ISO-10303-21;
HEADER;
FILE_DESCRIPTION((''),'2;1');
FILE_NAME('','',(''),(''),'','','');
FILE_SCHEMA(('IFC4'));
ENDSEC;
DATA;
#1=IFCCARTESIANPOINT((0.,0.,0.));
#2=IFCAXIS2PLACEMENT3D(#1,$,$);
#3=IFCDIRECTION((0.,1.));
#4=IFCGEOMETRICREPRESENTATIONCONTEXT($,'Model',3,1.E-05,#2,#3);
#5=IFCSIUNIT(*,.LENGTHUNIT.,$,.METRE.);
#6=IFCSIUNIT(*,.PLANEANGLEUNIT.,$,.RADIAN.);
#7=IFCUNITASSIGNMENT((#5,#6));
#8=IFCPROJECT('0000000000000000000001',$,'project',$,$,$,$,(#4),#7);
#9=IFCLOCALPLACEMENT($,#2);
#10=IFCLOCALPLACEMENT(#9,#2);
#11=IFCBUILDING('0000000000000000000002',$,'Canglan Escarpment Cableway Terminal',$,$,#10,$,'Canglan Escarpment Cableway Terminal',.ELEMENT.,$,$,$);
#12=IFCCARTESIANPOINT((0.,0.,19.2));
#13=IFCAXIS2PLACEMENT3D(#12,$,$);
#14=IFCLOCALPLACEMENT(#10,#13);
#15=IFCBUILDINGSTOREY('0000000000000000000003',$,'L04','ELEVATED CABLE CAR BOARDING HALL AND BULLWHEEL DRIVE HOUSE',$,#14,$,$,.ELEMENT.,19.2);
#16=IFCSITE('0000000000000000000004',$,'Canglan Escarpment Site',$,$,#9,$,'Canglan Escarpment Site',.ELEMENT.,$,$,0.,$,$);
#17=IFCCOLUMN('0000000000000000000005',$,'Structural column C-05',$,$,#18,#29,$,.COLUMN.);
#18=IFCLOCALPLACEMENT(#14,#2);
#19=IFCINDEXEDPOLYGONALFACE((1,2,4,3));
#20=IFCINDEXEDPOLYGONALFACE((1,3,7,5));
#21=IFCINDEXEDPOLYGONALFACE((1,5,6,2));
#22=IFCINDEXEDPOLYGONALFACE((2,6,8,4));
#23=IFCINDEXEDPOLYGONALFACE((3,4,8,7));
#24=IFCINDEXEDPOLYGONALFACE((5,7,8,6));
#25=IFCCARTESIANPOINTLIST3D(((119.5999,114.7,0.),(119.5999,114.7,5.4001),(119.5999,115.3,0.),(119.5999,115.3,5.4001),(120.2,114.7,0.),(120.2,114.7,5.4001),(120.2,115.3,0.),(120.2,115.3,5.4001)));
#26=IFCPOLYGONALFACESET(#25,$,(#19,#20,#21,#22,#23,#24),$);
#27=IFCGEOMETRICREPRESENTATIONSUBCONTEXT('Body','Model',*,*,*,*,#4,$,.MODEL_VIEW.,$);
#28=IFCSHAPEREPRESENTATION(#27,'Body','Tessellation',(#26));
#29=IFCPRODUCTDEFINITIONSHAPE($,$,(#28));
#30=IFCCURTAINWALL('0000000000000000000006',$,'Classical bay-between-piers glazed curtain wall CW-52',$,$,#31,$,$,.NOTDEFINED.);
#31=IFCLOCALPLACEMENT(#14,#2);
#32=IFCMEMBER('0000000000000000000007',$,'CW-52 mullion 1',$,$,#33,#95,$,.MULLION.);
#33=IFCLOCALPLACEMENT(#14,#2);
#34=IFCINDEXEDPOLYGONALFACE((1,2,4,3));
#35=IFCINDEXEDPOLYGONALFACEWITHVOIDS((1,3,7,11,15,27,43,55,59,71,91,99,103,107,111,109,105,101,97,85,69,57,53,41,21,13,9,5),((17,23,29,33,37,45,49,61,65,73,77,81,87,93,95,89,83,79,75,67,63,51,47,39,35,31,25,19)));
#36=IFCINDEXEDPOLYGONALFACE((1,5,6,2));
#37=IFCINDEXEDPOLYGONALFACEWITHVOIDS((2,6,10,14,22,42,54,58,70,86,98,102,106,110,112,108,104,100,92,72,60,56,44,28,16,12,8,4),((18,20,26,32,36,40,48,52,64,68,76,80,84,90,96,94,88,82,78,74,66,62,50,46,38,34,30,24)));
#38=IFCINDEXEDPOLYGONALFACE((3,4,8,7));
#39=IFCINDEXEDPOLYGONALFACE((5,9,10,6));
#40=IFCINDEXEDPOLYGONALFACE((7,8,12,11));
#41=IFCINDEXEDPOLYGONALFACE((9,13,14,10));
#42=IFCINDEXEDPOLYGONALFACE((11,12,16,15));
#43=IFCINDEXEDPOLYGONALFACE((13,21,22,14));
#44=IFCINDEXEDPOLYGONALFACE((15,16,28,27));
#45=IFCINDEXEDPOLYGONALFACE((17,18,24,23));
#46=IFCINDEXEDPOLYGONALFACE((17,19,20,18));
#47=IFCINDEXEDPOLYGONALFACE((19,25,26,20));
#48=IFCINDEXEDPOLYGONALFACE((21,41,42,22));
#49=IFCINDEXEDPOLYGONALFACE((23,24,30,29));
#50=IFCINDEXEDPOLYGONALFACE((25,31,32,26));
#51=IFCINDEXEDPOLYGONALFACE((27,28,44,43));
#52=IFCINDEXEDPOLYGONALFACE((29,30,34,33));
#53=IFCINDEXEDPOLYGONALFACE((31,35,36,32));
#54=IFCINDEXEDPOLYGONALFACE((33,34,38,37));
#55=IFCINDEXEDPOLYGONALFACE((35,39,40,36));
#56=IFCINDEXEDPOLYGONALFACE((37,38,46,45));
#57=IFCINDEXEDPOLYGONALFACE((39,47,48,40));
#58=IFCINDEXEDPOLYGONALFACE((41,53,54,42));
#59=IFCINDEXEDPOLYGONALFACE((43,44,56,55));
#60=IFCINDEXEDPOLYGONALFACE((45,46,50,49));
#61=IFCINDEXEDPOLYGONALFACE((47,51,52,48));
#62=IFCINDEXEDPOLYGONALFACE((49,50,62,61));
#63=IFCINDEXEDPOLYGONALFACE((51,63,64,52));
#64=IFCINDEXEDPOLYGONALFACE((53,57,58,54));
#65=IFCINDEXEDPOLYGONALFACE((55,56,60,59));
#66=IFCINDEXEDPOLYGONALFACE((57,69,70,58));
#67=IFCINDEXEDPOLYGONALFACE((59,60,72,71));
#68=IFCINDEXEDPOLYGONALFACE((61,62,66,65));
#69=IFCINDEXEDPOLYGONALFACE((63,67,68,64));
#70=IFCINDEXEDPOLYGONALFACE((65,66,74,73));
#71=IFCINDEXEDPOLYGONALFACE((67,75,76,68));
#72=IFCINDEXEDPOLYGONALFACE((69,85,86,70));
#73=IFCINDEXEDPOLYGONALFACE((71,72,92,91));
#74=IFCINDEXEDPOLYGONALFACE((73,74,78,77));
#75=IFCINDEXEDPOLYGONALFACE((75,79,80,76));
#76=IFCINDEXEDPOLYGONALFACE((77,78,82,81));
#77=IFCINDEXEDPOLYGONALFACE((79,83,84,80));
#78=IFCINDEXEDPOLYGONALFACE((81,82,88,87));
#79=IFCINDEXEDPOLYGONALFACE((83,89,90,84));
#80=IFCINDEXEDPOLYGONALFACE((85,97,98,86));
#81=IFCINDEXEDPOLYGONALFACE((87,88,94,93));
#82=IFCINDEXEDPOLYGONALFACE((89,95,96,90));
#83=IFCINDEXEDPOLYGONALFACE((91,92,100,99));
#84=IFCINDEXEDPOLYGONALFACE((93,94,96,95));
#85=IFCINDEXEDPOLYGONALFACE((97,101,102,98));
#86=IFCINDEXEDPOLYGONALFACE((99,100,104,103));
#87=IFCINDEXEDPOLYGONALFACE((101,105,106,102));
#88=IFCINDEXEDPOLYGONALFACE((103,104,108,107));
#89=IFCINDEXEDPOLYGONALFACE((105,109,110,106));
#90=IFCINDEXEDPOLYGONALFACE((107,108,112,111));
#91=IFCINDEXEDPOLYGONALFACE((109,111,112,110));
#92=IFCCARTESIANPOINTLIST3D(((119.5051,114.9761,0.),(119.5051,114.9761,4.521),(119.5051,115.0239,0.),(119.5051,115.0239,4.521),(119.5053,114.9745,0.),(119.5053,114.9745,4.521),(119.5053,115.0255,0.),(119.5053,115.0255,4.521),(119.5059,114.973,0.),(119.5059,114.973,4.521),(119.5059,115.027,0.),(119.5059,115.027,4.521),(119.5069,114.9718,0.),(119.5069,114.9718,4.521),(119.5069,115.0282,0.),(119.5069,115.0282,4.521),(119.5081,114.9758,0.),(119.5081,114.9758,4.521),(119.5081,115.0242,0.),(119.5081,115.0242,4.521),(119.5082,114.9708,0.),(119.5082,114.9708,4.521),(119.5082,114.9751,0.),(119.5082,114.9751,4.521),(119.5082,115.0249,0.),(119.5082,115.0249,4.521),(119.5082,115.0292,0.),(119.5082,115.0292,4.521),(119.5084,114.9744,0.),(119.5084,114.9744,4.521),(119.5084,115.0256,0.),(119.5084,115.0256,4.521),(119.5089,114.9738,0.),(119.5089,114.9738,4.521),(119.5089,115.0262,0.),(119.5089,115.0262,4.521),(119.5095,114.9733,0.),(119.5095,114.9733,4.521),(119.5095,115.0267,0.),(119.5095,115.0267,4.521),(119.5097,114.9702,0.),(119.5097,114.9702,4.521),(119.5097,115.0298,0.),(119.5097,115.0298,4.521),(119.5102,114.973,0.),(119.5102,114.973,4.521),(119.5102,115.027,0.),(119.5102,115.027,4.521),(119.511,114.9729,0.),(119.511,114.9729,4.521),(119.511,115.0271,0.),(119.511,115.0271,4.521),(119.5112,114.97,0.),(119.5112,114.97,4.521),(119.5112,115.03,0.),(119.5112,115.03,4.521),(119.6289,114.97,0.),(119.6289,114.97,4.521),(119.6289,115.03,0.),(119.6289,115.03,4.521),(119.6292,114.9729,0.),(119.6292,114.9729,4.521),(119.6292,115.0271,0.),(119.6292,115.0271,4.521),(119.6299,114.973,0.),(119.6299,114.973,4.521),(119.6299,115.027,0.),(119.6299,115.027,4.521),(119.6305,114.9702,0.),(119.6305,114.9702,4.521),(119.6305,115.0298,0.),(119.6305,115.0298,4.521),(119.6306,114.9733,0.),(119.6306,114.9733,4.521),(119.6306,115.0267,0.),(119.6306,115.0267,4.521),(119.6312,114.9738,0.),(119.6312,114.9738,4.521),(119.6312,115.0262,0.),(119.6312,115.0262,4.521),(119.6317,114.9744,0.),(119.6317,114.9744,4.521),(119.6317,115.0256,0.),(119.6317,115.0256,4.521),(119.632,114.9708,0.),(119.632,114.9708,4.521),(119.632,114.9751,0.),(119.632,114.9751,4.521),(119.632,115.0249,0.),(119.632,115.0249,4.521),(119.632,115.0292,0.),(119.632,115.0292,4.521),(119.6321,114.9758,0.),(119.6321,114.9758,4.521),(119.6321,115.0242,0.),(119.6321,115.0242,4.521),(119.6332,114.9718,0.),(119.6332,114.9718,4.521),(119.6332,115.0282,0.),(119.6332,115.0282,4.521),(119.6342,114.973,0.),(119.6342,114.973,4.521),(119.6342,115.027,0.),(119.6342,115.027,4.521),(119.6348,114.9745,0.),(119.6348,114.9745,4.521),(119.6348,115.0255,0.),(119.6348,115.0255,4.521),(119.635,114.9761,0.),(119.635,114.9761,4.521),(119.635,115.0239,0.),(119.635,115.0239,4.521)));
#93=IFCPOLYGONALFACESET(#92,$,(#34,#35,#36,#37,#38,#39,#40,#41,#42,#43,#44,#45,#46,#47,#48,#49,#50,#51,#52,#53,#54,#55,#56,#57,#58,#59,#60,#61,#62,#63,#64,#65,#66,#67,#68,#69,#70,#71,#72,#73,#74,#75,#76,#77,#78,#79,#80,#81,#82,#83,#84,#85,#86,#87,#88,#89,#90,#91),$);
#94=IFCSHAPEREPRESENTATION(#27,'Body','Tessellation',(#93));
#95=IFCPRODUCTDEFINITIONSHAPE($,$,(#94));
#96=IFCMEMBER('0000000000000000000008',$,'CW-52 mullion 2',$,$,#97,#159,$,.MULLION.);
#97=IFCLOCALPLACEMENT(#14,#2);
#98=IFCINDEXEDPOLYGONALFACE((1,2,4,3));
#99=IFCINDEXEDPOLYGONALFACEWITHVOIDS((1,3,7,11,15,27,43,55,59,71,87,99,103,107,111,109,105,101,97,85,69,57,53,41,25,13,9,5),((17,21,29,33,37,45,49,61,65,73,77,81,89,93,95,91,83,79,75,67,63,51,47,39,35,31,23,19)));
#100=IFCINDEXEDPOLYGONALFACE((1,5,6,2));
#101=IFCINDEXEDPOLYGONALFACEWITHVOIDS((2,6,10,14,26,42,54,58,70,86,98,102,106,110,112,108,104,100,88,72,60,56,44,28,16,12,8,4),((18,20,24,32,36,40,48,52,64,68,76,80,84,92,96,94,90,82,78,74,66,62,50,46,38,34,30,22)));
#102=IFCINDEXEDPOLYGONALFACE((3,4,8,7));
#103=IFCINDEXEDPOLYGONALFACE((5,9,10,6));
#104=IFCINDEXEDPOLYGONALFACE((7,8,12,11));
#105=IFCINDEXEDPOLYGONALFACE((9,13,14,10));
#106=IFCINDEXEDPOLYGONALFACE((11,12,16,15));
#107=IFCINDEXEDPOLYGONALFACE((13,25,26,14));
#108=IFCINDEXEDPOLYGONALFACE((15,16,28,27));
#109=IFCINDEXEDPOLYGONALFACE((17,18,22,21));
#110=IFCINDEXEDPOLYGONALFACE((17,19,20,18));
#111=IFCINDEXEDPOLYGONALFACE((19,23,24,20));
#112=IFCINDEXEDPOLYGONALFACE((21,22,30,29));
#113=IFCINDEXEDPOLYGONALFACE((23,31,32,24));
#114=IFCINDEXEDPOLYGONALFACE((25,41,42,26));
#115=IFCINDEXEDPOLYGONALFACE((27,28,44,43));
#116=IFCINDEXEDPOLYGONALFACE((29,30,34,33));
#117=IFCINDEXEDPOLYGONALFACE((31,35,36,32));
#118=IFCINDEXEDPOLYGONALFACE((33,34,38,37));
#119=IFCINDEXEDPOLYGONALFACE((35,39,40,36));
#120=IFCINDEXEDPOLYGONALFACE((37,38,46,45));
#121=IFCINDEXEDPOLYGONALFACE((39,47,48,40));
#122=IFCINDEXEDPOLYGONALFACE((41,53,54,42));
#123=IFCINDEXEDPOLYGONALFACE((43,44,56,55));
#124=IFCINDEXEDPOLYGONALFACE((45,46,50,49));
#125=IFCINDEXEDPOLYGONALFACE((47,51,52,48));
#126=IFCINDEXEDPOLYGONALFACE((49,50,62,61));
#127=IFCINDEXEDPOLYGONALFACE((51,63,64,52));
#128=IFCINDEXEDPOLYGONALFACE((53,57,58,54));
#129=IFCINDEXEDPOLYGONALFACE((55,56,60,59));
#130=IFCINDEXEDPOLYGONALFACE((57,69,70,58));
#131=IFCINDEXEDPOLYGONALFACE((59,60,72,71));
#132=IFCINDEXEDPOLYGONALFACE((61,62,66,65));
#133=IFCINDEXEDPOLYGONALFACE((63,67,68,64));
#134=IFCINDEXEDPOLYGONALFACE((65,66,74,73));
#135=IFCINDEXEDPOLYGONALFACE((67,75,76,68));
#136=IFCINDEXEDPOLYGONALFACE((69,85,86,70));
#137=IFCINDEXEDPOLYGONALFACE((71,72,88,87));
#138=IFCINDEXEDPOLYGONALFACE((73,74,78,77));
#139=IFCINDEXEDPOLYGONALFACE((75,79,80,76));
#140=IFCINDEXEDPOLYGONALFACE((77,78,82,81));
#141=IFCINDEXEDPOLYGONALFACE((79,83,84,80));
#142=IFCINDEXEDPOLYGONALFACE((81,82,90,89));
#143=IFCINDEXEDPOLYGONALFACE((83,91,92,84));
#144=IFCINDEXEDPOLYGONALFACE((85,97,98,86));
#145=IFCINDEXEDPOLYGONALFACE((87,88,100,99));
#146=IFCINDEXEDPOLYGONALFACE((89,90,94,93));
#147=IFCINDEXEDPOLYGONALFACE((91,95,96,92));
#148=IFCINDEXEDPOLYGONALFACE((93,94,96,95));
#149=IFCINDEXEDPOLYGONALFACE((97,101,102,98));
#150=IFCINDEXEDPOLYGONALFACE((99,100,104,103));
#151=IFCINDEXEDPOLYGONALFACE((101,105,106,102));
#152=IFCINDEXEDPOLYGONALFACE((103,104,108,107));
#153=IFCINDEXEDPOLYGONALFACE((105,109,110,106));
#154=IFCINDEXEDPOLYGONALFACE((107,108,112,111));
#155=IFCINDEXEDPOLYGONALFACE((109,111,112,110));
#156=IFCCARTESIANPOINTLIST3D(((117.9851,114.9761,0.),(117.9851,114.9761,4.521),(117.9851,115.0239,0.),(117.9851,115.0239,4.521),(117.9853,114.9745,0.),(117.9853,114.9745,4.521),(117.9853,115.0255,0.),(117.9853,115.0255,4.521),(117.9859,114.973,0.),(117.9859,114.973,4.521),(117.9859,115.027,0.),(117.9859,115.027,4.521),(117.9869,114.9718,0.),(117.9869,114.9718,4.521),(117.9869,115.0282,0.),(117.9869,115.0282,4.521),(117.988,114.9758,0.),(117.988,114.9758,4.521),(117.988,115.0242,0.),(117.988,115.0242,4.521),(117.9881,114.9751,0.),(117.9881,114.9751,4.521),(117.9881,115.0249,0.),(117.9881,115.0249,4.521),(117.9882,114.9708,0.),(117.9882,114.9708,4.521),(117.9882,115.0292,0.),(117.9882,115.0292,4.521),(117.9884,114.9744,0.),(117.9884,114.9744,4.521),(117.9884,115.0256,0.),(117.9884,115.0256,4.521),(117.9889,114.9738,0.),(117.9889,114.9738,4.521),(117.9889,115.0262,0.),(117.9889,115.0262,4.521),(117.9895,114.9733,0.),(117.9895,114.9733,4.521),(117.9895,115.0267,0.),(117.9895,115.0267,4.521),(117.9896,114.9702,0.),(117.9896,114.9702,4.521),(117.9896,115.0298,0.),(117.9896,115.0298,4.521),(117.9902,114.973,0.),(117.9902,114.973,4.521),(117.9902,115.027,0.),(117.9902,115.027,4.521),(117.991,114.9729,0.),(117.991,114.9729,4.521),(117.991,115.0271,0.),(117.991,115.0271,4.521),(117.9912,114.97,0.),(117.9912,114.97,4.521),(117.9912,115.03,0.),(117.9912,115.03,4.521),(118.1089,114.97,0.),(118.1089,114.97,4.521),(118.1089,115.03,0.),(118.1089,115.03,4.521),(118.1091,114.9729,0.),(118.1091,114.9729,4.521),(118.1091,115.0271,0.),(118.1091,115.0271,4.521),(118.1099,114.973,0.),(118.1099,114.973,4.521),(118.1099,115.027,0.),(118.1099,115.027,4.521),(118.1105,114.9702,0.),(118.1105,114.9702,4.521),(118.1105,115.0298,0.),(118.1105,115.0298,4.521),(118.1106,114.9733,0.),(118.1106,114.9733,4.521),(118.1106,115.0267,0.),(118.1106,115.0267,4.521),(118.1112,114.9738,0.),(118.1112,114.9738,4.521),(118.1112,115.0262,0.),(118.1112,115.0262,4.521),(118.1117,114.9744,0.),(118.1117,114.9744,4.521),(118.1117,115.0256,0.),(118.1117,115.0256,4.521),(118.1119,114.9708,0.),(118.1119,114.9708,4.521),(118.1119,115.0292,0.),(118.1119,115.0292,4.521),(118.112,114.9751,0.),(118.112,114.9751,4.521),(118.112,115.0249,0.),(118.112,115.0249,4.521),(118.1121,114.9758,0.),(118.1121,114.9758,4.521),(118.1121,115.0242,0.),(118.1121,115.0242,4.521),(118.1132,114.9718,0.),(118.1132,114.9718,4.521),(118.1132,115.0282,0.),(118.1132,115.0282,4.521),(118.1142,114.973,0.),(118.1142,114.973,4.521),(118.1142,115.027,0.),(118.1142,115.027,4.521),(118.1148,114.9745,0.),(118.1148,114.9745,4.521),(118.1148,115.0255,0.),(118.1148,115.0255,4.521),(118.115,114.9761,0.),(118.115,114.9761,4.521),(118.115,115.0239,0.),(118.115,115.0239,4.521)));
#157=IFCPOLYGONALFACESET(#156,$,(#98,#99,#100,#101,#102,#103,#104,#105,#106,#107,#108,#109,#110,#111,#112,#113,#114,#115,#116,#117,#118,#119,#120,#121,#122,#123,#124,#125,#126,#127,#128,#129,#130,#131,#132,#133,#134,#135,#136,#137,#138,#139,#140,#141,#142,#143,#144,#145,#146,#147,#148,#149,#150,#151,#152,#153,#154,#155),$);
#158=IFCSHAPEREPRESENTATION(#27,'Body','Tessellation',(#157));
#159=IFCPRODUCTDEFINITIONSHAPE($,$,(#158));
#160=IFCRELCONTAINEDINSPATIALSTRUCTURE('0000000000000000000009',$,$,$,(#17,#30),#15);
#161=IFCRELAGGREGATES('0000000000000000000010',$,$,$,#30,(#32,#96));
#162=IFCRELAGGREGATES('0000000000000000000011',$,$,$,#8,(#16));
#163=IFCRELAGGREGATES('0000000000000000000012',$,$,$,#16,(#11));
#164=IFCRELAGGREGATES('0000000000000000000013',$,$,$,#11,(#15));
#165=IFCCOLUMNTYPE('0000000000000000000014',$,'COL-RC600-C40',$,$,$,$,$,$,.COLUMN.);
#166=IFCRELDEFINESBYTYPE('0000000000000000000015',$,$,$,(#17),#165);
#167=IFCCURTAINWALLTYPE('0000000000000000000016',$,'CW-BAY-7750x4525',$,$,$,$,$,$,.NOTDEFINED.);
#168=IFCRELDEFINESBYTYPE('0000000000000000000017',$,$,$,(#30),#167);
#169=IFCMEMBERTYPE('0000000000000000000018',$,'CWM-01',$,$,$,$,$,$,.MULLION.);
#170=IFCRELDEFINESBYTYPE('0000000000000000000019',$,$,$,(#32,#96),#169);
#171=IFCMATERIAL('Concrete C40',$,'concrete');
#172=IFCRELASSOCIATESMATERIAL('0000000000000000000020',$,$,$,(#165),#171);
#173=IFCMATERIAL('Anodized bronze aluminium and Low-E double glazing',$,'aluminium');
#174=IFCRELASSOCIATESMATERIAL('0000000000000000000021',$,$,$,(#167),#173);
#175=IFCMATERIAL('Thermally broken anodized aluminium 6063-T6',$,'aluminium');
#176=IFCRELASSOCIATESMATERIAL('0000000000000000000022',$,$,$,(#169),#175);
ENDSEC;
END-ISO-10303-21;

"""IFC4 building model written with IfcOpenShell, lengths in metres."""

from ifc_helpers import new_model, si_unit, direction, frame, origin, origin_2d, place, context, subcontext, project, spatial, rectangle, hollow_rectangle, extrude, material, material_profile, profile_set, type_object, element, aggregate, save


model = new_model("IFC4")

# Units and contexts
model_context = context("Model", 3, precision=1e-05, world=origin(), true_north=direction((0.0, 1.0)))
body_context = subcontext(model_context, "Body", "Model", "MODEL_VIEW")
ifc_project = project(units=[si_unit("LENGTHUNIT", "METRE"), si_unit("PLANEANGLEUNIT", "RADIAN")], contexts=[model_context])

# Site, building, storey
site_placement = place(None, origin())
site = spatial("IfcSite", under=ifc_project, at=site_placement, Name="Canglan Escarpment Site", LongName="Canglan Escarpment Site", CompositionType="ELEMENT", RefElevation=0.0)
building_placement = place(site_placement, origin())
building = spatial("IfcBuilding", under=site, at=building_placement, Name="Canglan Escarpment Cableway Terminal", LongName="Canglan Escarpment Cableway Terminal", CompositionType="ELEMENT")
storey_placement = place(building_placement, frame((0.0, 0.0, 19.2)))
storey = spatial("IfcBuildingStorey", under=building, at=storey_placement, Name="L04", Description="ELEVATED CABLE CAR BOARDING HALL AND BULLWHEEL DRIVE HOUSE", CompositionType="ELEMENT", Elevation=19.2)

# Column
ifc_material_1 = material(Name="Concrete C40", Category="concrete")
ifc_material_profile_1 = material_profile(ifc_material_1, rectangle(XDim=0.6001, YDim=0.6001, at=origin_2d()), Name="RC 600x600")
ifc_profile_set_1 = profile_set([ifc_material_profile_1], Name="Concrete C40")
column_type = type_object("IfcColumnType", Name="COL-RC600-C40", PredefinedType="COLUMN", material=ifc_profile_set_1)
column_placement = place(storey_placement, frame((119.8999, 115.0, 0.0), z_axis=(0.0, 0.0, 1.0), x_axis=(1.0, 0.0, 0.0)))
element("IfcColumn", 1, at=column_placement, inside=storey, type_object=column_type, Name="Structural column C-05", PredefinedType="COLUMN", context=body_context, shape_type="SweptSolid", body=[
    extrude(rectangle(XDim=0.6001, YDim=0.6001, at=origin_2d()), origin(), (0.0, 0.0, 1.0), 5.4001),
])

# Curtain wall, members
ifc_material_2 = material(Name="Anodized bronze aluminium and Low-E double glazing", Category="aluminium")
curtain_wall_type = type_object("IfcCurtainWallType", Name="CW-BAY-7750x4525", PredefinedType="NOTDEFINED", material=ifc_material_2)
curtain_wall_placement = place(storey_placement, origin())
curtain_wall = element("IfcCurtainWall", 2, at=curtain_wall_placement, inside=storey, type_object=curtain_wall_type, Name="Classical bay-between-piers glazed curtain wall CW-52", PredefinedType="NOTDEFINED")
ifc_material_3 = material(Name="Thermally broken anodized aluminium 6063-T6", Category="aluminium")
ifc_material_profile_2 = material_profile(ifc_material_3, hollow_rectangle(XDim=0.0601, YDim=0.1299, WallThickness=0.0029, InnerFilletRadius=0.0029, OuterFilletRadius=0.0061, at=origin_2d()), Name="ALU-MULL 60x130x3")
ifc_profile_set_2 = profile_set([ifc_material_profile_2], Name="Thermally broken anodized aluminium 6063-T6")
member_type_1 = type_object("IfcMemberType", Name="CWM-01", PredefinedType="MULLION", material=ifc_profile_set_2)
member_1_placement = place(storey_placement, frame((119.5701, 115.0, 0.0), z_axis=(0.0, 0.0, 1.0), x_axis=(0.0, -1.0, 0.0)))
member_1 = element("IfcMember", 3, at=member_1_placement, type_object=member_type_1, Name="CW-52 mullion 1", PredefinedType="MULLION", context=body_context, shape_type="SweptSolid", body=[
    extrude(hollow_rectangle(XDim=0.0601, YDim=0.1299, WallThickness=0.0029, InnerFilletRadius=0.0029, OuterFilletRadius=0.0061, at=origin_2d()), origin(), (0.0, 0.0, 1.0), 4.521),
])
member_2_placement = place(storey_placement, frame((118.05, 115.0, 0.0), z_axis=(0.0, 0.0, 1.0), x_axis=(0.0, -1.0, 0.0)))
member_2 = element("IfcMember", 4, at=member_2_placement, type_object=member_type_1, Name="CW-52 mullion 2", PredefinedType="MULLION", context=body_context, shape_type="SweptSolid", body=[
    extrude(hollow_rectangle(XDim=0.0601, YDim=0.1299, WallThickness=0.0029, InnerFilletRadius=0.0029, OuterFilletRadius=0.0061, at=origin_2d()), origin(), (0.0, 0.0, 1.0), 4.521),
])
aggregate(curtain_wall, [member_1, member_2])

save(model, "model.ifc")
